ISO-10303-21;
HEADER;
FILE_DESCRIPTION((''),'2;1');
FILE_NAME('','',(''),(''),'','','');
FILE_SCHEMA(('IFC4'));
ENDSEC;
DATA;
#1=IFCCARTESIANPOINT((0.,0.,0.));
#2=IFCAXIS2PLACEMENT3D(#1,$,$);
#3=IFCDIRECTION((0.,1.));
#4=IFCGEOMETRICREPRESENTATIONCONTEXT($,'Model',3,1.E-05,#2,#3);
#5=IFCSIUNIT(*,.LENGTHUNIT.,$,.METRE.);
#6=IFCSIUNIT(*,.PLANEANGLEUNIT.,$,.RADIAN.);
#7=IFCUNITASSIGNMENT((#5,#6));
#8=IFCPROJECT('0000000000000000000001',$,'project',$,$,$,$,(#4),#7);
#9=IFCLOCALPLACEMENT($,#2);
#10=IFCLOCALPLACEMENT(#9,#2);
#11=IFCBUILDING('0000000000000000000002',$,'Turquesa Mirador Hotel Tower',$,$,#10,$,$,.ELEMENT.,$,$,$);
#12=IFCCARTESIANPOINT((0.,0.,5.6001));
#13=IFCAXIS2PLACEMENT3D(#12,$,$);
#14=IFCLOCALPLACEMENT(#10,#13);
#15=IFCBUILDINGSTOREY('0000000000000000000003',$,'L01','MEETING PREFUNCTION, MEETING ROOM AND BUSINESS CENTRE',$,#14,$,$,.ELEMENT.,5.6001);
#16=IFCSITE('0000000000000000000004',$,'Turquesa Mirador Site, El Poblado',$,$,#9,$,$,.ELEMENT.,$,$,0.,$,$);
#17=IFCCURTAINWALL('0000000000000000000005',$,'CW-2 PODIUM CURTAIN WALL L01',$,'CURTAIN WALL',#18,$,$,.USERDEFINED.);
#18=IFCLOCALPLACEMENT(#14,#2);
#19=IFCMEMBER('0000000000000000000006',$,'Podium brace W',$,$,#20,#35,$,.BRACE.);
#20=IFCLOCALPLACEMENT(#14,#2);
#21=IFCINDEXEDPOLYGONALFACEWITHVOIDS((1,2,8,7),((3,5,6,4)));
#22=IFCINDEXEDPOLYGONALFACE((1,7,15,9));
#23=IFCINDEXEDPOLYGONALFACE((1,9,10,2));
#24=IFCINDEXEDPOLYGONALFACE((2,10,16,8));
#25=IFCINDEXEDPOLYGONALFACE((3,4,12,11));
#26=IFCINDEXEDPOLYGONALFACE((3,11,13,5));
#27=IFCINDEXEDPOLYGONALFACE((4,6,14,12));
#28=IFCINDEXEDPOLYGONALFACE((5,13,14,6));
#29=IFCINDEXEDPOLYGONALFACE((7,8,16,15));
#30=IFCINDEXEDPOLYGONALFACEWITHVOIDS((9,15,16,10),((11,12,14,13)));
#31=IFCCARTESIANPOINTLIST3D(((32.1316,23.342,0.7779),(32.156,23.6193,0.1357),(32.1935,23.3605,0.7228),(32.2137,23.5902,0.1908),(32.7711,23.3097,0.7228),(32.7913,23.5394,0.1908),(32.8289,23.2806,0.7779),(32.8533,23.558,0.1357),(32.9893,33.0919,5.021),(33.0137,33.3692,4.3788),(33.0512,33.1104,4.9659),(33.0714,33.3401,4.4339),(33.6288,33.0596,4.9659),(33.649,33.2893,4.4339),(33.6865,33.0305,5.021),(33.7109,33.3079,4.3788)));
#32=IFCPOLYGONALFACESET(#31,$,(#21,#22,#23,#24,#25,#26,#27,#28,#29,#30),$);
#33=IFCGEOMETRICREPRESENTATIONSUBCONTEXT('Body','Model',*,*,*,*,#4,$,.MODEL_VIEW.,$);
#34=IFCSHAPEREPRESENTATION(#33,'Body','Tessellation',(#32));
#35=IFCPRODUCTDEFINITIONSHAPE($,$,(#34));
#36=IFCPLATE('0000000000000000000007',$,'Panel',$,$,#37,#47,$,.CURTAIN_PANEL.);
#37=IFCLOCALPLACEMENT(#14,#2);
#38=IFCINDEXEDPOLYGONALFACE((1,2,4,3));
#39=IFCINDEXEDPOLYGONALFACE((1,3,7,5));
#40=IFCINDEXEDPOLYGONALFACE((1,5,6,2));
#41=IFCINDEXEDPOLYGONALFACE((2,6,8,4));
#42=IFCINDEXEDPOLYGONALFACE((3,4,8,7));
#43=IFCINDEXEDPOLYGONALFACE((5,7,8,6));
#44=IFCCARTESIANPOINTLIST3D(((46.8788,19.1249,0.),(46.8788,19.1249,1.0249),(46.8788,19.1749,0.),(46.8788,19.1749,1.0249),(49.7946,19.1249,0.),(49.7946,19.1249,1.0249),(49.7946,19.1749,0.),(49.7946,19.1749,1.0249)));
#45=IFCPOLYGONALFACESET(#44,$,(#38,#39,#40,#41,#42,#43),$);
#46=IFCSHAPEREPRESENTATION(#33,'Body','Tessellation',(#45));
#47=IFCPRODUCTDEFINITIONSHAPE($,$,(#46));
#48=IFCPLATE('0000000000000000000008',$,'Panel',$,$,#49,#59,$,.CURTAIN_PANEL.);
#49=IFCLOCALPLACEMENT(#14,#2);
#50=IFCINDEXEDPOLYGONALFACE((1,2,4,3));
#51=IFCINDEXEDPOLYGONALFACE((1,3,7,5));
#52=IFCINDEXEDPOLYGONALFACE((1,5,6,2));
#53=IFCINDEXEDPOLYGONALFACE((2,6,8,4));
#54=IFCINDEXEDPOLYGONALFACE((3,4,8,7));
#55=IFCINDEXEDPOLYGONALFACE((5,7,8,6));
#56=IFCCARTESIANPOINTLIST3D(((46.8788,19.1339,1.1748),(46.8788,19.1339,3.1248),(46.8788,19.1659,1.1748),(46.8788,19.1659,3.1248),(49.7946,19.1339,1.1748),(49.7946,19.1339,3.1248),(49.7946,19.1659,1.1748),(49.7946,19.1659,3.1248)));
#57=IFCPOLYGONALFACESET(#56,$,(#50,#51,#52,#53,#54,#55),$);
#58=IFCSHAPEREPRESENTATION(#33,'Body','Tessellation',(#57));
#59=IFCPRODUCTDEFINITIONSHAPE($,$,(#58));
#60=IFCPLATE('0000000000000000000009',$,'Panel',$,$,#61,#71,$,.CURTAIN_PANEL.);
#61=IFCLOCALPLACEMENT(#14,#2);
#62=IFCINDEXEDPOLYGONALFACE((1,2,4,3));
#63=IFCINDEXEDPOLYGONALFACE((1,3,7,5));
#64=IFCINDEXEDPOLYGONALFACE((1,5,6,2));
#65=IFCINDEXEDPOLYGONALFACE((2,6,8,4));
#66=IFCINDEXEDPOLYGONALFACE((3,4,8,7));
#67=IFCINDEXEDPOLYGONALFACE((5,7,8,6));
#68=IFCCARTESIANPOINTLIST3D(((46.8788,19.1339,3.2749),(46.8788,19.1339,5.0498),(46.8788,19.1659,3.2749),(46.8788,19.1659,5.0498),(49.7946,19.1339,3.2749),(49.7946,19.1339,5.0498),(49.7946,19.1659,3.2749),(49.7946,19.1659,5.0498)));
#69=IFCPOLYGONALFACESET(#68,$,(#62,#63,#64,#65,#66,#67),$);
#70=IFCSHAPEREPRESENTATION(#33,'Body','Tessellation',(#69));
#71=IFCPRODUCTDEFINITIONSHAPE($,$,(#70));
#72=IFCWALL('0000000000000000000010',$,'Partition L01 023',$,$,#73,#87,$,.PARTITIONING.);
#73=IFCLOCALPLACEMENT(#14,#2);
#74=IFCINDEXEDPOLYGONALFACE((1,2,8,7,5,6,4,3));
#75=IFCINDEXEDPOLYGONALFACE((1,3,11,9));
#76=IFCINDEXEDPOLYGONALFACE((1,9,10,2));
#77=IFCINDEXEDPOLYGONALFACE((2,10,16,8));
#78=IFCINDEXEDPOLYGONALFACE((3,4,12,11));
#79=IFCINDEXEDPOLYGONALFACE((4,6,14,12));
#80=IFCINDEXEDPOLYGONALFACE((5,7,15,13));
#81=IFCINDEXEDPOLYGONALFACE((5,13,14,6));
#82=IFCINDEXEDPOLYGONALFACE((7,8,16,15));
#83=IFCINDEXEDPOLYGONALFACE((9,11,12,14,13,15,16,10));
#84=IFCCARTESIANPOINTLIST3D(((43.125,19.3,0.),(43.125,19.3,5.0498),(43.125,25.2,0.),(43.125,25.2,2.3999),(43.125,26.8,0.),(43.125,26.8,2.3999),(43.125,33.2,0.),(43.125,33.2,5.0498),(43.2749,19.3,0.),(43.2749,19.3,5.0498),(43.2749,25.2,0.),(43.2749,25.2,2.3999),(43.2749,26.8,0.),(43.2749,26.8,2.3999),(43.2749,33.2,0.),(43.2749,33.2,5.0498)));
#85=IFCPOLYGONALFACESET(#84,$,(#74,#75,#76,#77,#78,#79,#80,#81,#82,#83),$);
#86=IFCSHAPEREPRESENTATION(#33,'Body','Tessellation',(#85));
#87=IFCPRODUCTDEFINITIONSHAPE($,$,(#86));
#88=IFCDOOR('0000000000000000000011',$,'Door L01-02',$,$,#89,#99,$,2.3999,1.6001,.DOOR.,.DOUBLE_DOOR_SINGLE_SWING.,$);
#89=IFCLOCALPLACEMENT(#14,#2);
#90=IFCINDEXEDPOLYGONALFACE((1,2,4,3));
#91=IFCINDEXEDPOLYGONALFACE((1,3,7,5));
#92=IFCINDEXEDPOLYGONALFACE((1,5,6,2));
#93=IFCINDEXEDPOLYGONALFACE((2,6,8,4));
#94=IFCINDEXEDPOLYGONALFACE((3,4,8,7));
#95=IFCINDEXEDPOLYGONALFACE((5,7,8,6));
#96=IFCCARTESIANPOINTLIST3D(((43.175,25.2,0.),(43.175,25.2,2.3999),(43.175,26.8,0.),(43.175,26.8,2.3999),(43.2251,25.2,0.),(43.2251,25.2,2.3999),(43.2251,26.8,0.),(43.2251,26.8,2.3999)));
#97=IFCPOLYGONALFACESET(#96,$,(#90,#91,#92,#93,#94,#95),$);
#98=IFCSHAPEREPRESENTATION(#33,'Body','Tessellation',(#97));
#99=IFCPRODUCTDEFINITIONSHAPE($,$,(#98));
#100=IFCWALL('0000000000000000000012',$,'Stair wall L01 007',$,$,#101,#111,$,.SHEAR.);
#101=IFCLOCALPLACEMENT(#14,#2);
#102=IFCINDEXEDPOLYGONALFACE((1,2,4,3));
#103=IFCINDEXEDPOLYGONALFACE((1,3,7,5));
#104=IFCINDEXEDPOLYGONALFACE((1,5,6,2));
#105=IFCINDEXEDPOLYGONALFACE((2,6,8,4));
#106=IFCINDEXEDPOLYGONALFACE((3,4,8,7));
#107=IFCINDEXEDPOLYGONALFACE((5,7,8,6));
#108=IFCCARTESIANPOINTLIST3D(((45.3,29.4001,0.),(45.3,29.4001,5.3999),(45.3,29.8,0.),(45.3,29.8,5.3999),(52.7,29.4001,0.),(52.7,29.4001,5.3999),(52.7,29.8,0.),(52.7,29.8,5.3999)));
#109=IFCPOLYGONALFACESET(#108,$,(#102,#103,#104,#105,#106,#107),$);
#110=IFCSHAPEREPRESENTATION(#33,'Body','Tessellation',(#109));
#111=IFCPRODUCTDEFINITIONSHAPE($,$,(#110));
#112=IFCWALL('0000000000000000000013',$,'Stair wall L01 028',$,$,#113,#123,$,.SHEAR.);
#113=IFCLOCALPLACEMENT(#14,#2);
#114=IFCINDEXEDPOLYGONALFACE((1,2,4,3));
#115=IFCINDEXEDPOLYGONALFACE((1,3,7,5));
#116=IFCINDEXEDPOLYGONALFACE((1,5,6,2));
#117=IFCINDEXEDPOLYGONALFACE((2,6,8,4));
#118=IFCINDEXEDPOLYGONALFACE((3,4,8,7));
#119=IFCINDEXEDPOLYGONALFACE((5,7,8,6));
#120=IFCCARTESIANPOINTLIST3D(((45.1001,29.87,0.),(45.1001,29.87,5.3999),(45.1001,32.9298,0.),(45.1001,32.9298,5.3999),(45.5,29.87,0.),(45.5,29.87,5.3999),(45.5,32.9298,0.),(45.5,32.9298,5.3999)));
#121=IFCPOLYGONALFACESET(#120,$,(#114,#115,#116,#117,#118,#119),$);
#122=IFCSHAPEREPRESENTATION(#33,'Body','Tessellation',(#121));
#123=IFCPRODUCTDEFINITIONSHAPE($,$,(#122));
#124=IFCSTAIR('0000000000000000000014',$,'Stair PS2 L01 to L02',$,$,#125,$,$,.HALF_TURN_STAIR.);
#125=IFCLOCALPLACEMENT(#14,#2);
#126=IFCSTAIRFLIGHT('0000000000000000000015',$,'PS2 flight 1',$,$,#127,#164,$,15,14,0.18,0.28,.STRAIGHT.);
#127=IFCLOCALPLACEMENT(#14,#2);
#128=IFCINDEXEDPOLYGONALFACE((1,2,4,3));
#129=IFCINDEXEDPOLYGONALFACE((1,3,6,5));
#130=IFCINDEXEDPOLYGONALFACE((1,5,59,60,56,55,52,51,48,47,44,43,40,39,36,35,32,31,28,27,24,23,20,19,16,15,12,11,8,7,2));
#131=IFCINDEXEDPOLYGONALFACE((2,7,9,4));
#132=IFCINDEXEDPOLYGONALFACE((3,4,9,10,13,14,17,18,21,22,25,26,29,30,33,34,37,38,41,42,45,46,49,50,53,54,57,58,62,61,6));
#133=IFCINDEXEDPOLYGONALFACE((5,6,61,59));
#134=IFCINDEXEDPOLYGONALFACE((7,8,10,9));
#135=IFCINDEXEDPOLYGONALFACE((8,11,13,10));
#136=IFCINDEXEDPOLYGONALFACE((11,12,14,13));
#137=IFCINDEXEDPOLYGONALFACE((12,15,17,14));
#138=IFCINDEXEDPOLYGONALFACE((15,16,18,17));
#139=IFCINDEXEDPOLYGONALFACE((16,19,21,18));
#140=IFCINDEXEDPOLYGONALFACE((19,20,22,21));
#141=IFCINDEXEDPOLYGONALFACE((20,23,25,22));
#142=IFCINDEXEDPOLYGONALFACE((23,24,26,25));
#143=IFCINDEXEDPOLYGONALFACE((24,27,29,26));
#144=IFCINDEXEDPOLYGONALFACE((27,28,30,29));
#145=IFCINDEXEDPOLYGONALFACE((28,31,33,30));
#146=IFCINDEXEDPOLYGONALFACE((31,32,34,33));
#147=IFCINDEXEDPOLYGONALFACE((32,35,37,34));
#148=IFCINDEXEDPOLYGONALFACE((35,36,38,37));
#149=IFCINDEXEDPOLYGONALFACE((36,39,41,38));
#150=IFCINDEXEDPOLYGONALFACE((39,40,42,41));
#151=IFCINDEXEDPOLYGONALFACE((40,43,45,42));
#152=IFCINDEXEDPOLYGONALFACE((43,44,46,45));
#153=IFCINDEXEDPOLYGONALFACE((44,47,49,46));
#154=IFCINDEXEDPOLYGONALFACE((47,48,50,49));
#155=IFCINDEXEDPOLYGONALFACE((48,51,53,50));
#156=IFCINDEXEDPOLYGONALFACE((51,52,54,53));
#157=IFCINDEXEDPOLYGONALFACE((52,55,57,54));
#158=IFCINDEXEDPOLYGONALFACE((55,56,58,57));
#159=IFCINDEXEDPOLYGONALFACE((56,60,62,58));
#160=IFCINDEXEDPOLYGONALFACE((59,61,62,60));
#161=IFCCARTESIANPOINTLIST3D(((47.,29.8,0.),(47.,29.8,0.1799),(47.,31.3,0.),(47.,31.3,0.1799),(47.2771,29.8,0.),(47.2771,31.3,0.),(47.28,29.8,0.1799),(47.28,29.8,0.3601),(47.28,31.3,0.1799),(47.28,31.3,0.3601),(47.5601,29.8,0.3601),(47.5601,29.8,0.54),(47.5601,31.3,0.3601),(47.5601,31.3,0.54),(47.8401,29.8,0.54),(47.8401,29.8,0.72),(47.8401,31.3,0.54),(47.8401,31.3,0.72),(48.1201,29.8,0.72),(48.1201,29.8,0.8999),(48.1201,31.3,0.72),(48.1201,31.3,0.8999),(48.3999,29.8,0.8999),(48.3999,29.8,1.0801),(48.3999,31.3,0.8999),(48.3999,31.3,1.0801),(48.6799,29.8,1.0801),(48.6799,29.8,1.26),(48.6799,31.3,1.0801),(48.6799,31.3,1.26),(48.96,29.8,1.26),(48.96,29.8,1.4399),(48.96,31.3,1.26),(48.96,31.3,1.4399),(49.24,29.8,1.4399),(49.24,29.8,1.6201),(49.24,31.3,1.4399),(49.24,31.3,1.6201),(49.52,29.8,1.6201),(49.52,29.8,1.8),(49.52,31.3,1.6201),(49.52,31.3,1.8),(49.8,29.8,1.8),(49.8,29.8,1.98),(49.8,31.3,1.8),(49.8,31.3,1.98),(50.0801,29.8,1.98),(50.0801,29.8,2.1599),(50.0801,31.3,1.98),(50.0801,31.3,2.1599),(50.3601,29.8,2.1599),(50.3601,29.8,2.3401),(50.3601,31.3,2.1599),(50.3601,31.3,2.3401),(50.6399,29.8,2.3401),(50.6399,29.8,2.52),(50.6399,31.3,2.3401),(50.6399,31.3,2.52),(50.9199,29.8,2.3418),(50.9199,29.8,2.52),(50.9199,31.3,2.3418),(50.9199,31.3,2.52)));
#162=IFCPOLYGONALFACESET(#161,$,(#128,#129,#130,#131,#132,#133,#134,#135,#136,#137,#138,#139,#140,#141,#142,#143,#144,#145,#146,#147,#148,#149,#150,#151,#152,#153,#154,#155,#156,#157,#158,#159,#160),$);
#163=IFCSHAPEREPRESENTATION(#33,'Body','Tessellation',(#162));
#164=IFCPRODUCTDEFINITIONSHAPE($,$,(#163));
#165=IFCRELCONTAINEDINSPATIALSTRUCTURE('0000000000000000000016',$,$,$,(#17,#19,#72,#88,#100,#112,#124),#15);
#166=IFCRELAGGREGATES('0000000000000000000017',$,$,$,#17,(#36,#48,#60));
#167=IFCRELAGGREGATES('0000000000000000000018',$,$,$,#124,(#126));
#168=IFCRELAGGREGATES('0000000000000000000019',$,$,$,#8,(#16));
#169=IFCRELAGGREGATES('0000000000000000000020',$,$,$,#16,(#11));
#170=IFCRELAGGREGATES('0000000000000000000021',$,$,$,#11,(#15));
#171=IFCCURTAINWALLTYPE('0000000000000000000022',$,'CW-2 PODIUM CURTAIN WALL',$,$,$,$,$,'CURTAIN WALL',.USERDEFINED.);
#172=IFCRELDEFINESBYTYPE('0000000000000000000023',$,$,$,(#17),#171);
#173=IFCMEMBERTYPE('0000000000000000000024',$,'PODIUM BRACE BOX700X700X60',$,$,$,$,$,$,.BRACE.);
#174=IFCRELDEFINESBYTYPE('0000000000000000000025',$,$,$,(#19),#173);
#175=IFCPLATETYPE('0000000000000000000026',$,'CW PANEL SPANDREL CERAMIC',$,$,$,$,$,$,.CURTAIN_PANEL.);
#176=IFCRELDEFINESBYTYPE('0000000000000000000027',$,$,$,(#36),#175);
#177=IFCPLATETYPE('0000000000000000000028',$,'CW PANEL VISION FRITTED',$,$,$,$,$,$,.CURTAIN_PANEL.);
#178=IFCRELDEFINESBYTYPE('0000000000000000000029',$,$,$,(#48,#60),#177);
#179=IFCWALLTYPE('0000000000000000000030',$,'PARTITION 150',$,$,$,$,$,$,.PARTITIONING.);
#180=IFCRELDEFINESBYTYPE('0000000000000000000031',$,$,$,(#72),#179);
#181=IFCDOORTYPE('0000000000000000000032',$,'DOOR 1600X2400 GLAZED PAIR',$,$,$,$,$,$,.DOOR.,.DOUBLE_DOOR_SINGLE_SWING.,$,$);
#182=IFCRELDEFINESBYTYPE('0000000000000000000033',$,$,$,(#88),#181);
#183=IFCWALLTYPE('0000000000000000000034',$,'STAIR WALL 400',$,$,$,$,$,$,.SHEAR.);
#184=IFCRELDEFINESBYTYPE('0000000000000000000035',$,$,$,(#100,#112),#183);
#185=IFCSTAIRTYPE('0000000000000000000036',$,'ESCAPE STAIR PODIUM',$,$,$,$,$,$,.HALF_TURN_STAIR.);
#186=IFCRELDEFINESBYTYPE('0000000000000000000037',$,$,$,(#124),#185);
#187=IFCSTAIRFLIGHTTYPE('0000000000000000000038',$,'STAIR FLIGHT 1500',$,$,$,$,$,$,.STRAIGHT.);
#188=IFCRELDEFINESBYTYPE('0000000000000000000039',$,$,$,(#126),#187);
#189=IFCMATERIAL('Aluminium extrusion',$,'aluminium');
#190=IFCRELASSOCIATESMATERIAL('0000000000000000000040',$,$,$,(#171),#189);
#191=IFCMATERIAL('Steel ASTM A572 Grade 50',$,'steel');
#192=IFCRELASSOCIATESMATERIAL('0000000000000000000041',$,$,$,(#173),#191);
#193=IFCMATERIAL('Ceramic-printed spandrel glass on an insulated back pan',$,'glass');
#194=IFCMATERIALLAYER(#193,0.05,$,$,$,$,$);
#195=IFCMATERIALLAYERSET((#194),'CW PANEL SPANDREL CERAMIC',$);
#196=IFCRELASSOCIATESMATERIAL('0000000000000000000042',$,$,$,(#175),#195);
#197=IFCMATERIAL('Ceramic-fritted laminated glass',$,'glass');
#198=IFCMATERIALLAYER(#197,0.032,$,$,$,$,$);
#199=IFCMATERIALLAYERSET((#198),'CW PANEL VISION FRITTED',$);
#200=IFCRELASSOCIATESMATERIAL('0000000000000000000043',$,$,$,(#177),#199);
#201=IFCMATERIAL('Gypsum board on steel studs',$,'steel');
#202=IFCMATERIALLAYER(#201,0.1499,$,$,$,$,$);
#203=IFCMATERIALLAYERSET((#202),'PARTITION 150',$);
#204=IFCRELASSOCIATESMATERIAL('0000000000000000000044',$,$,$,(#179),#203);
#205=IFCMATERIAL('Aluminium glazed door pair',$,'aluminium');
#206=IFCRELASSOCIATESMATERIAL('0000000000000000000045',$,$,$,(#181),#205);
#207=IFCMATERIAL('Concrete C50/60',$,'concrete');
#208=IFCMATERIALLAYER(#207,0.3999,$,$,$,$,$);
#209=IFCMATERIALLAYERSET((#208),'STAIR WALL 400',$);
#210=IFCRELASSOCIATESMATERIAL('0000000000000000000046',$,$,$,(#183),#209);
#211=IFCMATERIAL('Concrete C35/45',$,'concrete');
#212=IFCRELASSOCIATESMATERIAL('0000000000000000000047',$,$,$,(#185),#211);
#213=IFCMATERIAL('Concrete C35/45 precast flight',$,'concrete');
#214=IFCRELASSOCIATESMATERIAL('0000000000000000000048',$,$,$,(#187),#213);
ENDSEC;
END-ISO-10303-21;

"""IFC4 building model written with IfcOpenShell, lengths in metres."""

from ifc_helpers import new_model, si_unit, direction, frame, frame_2d, origin, origin_2d, place, context, subcontext, project, spatial, polyline, rectangle, hollow_rectangle, outline, extrude, material, layer, layer_set, material_profile, profile_set, type_object, element, fill, aggregate, save


model = new_model("IFC4")

# Units and contexts
model_context = context("Model", 3, precision=1e-05, world=origin(), true_north=direction((0.0, 1.0)))
body_context = subcontext(model_context, "Body", "Model", "MODEL_VIEW")
ifc_project = project(units=[si_unit("LENGTHUNIT", "METRE"), si_unit("PLANEANGLEUNIT", "RADIAN")], contexts=[model_context])

# Site, building, storey
site_placement = place(None, origin())
site = spatial("IfcSite", under=ifc_project, at=site_placement, Name="Turquesa Mirador Site, El Poblado", CompositionType="ELEMENT", RefElevation=0.0)
building_placement = place(site_placement, origin())
building = spatial("IfcBuilding", under=site, at=building_placement, Name="Turquesa Mirador Hotel Tower", CompositionType="ELEMENT")
storey_placement = place(building_placement, frame((0.0, 0.0, 5.6001)))
storey = spatial("IfcBuildingStorey", under=building, at=storey_placement, Name="L01", Description="MEETING PREFUNCTION, MEETING ROOM AND BUSINESS CENTRE", CompositionType="ELEMENT", Elevation=5.6001)

# Curtain wall
ifc_material_1 = material(Name="Aluminium extrusion", Category="aluminium")
curtain_wall_type = type_object("IfcCurtainWallType", Name="CW-2 PODIUM CURTAIN WALL", ElementType="CURTAIN WALL", PredefinedType="USERDEFINED", material=ifc_material_1)
curtain_wall_placement = place(storey_placement, origin())
curtain_wall = element("IfcCurtainWall", 1, at=curtain_wall_placement, inside=storey, type_object=curtain_wall_type, Name="CW-2 PODIUM CURTAIN WALL L01", ObjectType="CURTAIN WALL", PredefinedType="USERDEFINED")

# Member
ifc_material_2 = material(Name="Steel ASTM A572 Grade 50", Category="steel")
ifc_material_profile_1 = material_profile(ifc_material_2, hollow_rectangle(XDim=0.7, YDim=0.7, WallThickness=0.0601, at=origin_2d()), Name="BOX700X700X60")
ifc_profile_set_1 = profile_set([ifc_material_profile_1], Name="Steel ASTM A572 Grade 50")
member_type_1 = type_object("IfcMemberType", Name="PODIUM BRACE BOX700X700X60", PredefinedType="BRACE", material=ifc_profile_set_1)
for number, where, z_axis, x_axis, name in (
    (2, (32.4924, 23.45, 0.4568), (0.080397, 0.913963, 0.397753), (-0.996153, 0.087627, 0.0), "Podium brace W"),
):
    element("IfcMember", number, at=place(storey_placement, frame(where, z_axis=z_axis, x_axis=x_axis)), inside=storey, type_object=member_type_1, Name=name, PredefinedType="BRACE", context=body_context, shape_type="SweptSolid", body=[
        extrude(hollow_rectangle(XDim=0.7, YDim=0.7, WallThickness=0.0601, at=origin_2d()), origin(), (0.0, 0.0, 1.0), 10.6677),
    ])

# Plates
ifc_material_3 = material(Name="Ceramic-printed spandrel glass on an insulated back pan", Category="glass")
ifc_layer_1 = layer(ifc_material_3, 0.05)
ifc_layer_set_1 = layer_set([ifc_layer_1], Name="CW PANEL SPANDREL CERAMIC")
plate_type_1 = type_object("IfcPlateType", Name="CW PANEL SPANDREL CERAMIC", PredefinedType="CURTAIN_PANEL", material=ifc_layer_set_1)
plate_1_placement = place(storey_placement, frame((48.3367, 19.1499, 0.0), z_axis=(0.0, 0.0, 1.0), x_axis=(1.0, 0.0, 0.0)))
plate_1 = element("IfcPlate", 3, at=plate_1_placement, type_object=plate_type_1, Name="Panel", PredefinedType="CURTAIN_PANEL", context=body_context, shape_type="SweptSolid", body=[
    extrude(rectangle(XDim=2.9158, YDim=0.05, at=origin_2d()), origin(), (0.0, 0.0, 1.0), 1.0249),
])
ifc_material_4 = material(Name="Ceramic-fritted laminated glass", Category="glass")
ifc_layer_2 = layer(ifc_material_4, 0.032)
ifc_layer_set_2 = layer_set([ifc_layer_2], Name="CW PANEL VISION FRITTED")
plate_type_2 = type_object("IfcPlateType", Name="CW PANEL VISION FRITTED", PredefinedType="CURTAIN_PANEL", material=ifc_layer_set_2)
plate_2_placement = place(storey_placement, frame((48.3367, 19.1499, 1.1748), z_axis=(0.0, 0.0, 1.0), x_axis=(1.0, 0.0, 0.0)))
plate_2 = element("IfcPlate", 4, at=plate_2_placement, type_object=plate_type_2, Name="Panel", PredefinedType="CURTAIN_PANEL", context=body_context, shape_type="SweptSolid", body=[
    extrude(rectangle(XDim=2.9158, YDim=0.032, at=origin_2d()), origin(), (0.0, 0.0, 1.0), 1.95),
])
plate_3_placement = place(storey_placement, frame((48.3367, 19.1499, 3.2749), z_axis=(0.0, 0.0, 1.0), x_axis=(1.0, 0.0, 0.0)))
plate_3 = element("IfcPlate", 5, at=plate_3_placement, type_object=plate_type_2, Name="Panel", PredefinedType="CURTAIN_PANEL", context=body_context, shape_type="SweptSolid", body=[
    extrude(rectangle(XDim=2.9158, YDim=0.032, at=origin_2d()), origin(), (0.0, 0.0, 1.0), 1.7749),
])
aggregate(curtain_wall, [plate_1, plate_2, plate_3])

# Wall, opening, door
ifc_material_5 = material(Name="Gypsum board on steel studs", Category="steel")
ifc_layer_3 = layer(ifc_material_5, 0.1499)
ifc_layer_set_3 = layer_set([ifc_layer_3], Name="PARTITION 150")
wall_type_1 = type_object("IfcWallType", Name="PARTITION 150", PredefinedType="PARTITIONING", material=ifc_layer_set_3)
wall_1_placement = place(storey_placement, frame((43.2, 19.3, 0.0), z_axis=(0.0, 0.0, 1.0), x_axis=(0.0, 1.0, 0.0)))
wall_1 = element("IfcWall", 6, at=wall_1_placement, inside=storey, type_object=wall_type_1, Name="Partition L01 023", PredefinedType="PARTITIONING", context=body_context, shape_type="SweptSolid", body=[
    extrude(rectangle(XDim=13.8999, YDim=0.1499, at=frame_2d((6.95, 0.0))), origin(), (0.0, 0.0, 1.0), 5.0498),
])
opening_placement = place(wall_1_placement, frame((5.8999, 0.0, 0.0)))
opening = element("IfcOpeningElement", 7, at=opening_placement, cuts=wall_1, PredefinedType="OPENING", context=body_context, shape_type="SweptSolid", body=[
    extrude(rectangle(XDim=1.6001, YDim=2.3999, at=frame_2d((0.8, 1.2))), frame((0.0, 0.085, 0.0), z_axis=(0.0, -1.0, 0.0), x_axis=(1.0, 0.0, 0.0)), (0.0, 0.0, 1.0), 0.1699),
])
ifc_material_6 = material(Name="Aluminium glazed door pair", Category="aluminium")
door_type = type_object("IfcDoorType", Name="DOOR 1600X2400 GLAZED PAIR", OperationType="DOUBLE_DOOR_SINGLE_SWING", PredefinedType="DOOR", material=ifc_material_6)
door_placement = place(opening_placement, origin())
door = element("IfcDoor", 8, at=door_placement, inside=storey, type_object=door_type, Name="Door L01-02", OperationType="DOUBLE_DOOR_SINGLE_SWING", OverallHeight=2.3999, OverallWidth=1.6001, PredefinedType="DOOR", context=body_context, shape_type="SweptSolid", body=[
    extrude(rectangle(XDim=1.6001, YDim=2.3999, at=frame_2d((0.8, 1.2))), frame((0.0, 0.0249, 0.0), z_axis=(0.0, -1.0, 0.0), x_axis=(1.0, 0.0, 0.0)), (0.0, 0.0, 1.0), 0.05),
])
fill(opening, door)

# Walls
ifc_material_7 = material(Name="Concrete C50/60", Category="concrete")
ifc_layer_4 = layer(ifc_material_7, 0.3999)
ifc_layer_set_4 = layer_set([ifc_layer_4], Name="STAIR WALL 400")
wall_type_2 = type_object("IfcWallType", Name="STAIR WALL 400", PredefinedType="SHEAR", material=ifc_layer_set_4)
wall_2_placement = place(storey_placement, frame((45.3, 29.6001, 0.0), z_axis=(0.0, 0.0, 1.0), x_axis=(1.0, 0.0, 0.0)))
element("IfcWall", 9, at=wall_2_placement, inside=storey, type_object=wall_type_2, Name="Stair wall L01 007", PredefinedType="SHEAR", context=body_context, shape_type="SweptSolid", body=[
    extrude(rectangle(XDim=7.3999, YDim=0.3999, at=frame_2d((3.7, 0.0))), origin(), (0.0, 0.0, 1.0), 5.3999),
])
wall_3_placement = place(storey_placement, frame((45.3, 29.8701, 0.0), z_axis=(0.0, 0.0, 1.0), x_axis=(0.0, 1.0, 0.0)))
element("IfcWall", 10, at=wall_3_placement, inside=storey, type_object=wall_type_2, Name="Stair wall L01 028", PredefinedType="SHEAR", context=body_context, shape_type="SweptSolid", body=[
    extrude(rectangle(XDim=3.0598, YDim=0.3999, at=frame_2d((1.5298, 0.0))), origin(), (0.0, 0.0, 1.0), 5.3999),
])

# Stair, stair flight
ifc_material_8 = material(Name="Concrete C35/45", Category="concrete")
stair_type = type_object("IfcStairType", Name="ESCAPE STAIR PODIUM", PredefinedType="HALF_TURN_STAIR", material=ifc_material_8)
stair_placement = place(storey_placement, origin())
stair = element("IfcStair", 11, at=stair_placement, inside=storey, type_object=stair_type, Name="Stair PS2 L01 to L02", PredefinedType="HALF_TURN_STAIR")
ifc_material_9 = material(Name="Concrete C35/45 precast flight", Category="concrete")
stair_flight_type = type_object("IfcStairFlightType", Name="STAIR FLIGHT 1500", PredefinedType="STRAIGHT", material=ifc_material_9)
stair_flight_placement = place(storey_placement, frame((47.0, 30.55, 0.0), z_axis=(0.0, 0.0, 1.0), x_axis=(1.0, 0.0, 0.0)))
stair_flight = element("IfcStairFlight", 12, at=stair_flight_placement, type_object=stair_flight_type, Name="PS2 flight 1", NumberOfRisers=15, NumberOfTreads=14, PredefinedType="STRAIGHT", RiserHeight=0.18, TreadLength=0.28, context=body_context, shape_type="SweptSolid", body=[
    extrude(outline(polyline([(0.0, 0.0), (0.0, 0.1799), (0.28, 0.1799), (0.28, 0.3601), (0.5601, 0.3601), (0.5601, 0.54), (0.8401, 0.54), (0.8401, 0.72), (1.1201, 0.72), (1.1201, 0.8999), (1.3999, 0.8999), (1.3999, 1.0801), (1.6799, 1.0801), (1.6799, 1.26), (1.96, 1.26), (1.96, 1.4399), (2.24, 1.4399), (2.24, 1.6201), (2.52, 1.6201), (2.52, 1.8), (2.8, 1.8), (2.8, 1.98), (3.0801, 1.98), (3.0801, 2.1599), (3.3601, 2.1599), (3.3601, 2.3401), (3.6399, 2.3401), (3.6399, 2.52), (3.9199, 2.52), (3.9199, 2.7), (3.9199, 2.3418), (0.2771, 0.0), (0.0, 0.0)])), frame((0.0, 0.75, 0.0), z_axis=(0.0, -1.0, 0.0), x_axis=(1.0, 0.0, 0.0)), (0.0, 0.0, 1.0), 1.5),
])
aggregate(stair, [stair_flight])

save(model, "model.ifc")
